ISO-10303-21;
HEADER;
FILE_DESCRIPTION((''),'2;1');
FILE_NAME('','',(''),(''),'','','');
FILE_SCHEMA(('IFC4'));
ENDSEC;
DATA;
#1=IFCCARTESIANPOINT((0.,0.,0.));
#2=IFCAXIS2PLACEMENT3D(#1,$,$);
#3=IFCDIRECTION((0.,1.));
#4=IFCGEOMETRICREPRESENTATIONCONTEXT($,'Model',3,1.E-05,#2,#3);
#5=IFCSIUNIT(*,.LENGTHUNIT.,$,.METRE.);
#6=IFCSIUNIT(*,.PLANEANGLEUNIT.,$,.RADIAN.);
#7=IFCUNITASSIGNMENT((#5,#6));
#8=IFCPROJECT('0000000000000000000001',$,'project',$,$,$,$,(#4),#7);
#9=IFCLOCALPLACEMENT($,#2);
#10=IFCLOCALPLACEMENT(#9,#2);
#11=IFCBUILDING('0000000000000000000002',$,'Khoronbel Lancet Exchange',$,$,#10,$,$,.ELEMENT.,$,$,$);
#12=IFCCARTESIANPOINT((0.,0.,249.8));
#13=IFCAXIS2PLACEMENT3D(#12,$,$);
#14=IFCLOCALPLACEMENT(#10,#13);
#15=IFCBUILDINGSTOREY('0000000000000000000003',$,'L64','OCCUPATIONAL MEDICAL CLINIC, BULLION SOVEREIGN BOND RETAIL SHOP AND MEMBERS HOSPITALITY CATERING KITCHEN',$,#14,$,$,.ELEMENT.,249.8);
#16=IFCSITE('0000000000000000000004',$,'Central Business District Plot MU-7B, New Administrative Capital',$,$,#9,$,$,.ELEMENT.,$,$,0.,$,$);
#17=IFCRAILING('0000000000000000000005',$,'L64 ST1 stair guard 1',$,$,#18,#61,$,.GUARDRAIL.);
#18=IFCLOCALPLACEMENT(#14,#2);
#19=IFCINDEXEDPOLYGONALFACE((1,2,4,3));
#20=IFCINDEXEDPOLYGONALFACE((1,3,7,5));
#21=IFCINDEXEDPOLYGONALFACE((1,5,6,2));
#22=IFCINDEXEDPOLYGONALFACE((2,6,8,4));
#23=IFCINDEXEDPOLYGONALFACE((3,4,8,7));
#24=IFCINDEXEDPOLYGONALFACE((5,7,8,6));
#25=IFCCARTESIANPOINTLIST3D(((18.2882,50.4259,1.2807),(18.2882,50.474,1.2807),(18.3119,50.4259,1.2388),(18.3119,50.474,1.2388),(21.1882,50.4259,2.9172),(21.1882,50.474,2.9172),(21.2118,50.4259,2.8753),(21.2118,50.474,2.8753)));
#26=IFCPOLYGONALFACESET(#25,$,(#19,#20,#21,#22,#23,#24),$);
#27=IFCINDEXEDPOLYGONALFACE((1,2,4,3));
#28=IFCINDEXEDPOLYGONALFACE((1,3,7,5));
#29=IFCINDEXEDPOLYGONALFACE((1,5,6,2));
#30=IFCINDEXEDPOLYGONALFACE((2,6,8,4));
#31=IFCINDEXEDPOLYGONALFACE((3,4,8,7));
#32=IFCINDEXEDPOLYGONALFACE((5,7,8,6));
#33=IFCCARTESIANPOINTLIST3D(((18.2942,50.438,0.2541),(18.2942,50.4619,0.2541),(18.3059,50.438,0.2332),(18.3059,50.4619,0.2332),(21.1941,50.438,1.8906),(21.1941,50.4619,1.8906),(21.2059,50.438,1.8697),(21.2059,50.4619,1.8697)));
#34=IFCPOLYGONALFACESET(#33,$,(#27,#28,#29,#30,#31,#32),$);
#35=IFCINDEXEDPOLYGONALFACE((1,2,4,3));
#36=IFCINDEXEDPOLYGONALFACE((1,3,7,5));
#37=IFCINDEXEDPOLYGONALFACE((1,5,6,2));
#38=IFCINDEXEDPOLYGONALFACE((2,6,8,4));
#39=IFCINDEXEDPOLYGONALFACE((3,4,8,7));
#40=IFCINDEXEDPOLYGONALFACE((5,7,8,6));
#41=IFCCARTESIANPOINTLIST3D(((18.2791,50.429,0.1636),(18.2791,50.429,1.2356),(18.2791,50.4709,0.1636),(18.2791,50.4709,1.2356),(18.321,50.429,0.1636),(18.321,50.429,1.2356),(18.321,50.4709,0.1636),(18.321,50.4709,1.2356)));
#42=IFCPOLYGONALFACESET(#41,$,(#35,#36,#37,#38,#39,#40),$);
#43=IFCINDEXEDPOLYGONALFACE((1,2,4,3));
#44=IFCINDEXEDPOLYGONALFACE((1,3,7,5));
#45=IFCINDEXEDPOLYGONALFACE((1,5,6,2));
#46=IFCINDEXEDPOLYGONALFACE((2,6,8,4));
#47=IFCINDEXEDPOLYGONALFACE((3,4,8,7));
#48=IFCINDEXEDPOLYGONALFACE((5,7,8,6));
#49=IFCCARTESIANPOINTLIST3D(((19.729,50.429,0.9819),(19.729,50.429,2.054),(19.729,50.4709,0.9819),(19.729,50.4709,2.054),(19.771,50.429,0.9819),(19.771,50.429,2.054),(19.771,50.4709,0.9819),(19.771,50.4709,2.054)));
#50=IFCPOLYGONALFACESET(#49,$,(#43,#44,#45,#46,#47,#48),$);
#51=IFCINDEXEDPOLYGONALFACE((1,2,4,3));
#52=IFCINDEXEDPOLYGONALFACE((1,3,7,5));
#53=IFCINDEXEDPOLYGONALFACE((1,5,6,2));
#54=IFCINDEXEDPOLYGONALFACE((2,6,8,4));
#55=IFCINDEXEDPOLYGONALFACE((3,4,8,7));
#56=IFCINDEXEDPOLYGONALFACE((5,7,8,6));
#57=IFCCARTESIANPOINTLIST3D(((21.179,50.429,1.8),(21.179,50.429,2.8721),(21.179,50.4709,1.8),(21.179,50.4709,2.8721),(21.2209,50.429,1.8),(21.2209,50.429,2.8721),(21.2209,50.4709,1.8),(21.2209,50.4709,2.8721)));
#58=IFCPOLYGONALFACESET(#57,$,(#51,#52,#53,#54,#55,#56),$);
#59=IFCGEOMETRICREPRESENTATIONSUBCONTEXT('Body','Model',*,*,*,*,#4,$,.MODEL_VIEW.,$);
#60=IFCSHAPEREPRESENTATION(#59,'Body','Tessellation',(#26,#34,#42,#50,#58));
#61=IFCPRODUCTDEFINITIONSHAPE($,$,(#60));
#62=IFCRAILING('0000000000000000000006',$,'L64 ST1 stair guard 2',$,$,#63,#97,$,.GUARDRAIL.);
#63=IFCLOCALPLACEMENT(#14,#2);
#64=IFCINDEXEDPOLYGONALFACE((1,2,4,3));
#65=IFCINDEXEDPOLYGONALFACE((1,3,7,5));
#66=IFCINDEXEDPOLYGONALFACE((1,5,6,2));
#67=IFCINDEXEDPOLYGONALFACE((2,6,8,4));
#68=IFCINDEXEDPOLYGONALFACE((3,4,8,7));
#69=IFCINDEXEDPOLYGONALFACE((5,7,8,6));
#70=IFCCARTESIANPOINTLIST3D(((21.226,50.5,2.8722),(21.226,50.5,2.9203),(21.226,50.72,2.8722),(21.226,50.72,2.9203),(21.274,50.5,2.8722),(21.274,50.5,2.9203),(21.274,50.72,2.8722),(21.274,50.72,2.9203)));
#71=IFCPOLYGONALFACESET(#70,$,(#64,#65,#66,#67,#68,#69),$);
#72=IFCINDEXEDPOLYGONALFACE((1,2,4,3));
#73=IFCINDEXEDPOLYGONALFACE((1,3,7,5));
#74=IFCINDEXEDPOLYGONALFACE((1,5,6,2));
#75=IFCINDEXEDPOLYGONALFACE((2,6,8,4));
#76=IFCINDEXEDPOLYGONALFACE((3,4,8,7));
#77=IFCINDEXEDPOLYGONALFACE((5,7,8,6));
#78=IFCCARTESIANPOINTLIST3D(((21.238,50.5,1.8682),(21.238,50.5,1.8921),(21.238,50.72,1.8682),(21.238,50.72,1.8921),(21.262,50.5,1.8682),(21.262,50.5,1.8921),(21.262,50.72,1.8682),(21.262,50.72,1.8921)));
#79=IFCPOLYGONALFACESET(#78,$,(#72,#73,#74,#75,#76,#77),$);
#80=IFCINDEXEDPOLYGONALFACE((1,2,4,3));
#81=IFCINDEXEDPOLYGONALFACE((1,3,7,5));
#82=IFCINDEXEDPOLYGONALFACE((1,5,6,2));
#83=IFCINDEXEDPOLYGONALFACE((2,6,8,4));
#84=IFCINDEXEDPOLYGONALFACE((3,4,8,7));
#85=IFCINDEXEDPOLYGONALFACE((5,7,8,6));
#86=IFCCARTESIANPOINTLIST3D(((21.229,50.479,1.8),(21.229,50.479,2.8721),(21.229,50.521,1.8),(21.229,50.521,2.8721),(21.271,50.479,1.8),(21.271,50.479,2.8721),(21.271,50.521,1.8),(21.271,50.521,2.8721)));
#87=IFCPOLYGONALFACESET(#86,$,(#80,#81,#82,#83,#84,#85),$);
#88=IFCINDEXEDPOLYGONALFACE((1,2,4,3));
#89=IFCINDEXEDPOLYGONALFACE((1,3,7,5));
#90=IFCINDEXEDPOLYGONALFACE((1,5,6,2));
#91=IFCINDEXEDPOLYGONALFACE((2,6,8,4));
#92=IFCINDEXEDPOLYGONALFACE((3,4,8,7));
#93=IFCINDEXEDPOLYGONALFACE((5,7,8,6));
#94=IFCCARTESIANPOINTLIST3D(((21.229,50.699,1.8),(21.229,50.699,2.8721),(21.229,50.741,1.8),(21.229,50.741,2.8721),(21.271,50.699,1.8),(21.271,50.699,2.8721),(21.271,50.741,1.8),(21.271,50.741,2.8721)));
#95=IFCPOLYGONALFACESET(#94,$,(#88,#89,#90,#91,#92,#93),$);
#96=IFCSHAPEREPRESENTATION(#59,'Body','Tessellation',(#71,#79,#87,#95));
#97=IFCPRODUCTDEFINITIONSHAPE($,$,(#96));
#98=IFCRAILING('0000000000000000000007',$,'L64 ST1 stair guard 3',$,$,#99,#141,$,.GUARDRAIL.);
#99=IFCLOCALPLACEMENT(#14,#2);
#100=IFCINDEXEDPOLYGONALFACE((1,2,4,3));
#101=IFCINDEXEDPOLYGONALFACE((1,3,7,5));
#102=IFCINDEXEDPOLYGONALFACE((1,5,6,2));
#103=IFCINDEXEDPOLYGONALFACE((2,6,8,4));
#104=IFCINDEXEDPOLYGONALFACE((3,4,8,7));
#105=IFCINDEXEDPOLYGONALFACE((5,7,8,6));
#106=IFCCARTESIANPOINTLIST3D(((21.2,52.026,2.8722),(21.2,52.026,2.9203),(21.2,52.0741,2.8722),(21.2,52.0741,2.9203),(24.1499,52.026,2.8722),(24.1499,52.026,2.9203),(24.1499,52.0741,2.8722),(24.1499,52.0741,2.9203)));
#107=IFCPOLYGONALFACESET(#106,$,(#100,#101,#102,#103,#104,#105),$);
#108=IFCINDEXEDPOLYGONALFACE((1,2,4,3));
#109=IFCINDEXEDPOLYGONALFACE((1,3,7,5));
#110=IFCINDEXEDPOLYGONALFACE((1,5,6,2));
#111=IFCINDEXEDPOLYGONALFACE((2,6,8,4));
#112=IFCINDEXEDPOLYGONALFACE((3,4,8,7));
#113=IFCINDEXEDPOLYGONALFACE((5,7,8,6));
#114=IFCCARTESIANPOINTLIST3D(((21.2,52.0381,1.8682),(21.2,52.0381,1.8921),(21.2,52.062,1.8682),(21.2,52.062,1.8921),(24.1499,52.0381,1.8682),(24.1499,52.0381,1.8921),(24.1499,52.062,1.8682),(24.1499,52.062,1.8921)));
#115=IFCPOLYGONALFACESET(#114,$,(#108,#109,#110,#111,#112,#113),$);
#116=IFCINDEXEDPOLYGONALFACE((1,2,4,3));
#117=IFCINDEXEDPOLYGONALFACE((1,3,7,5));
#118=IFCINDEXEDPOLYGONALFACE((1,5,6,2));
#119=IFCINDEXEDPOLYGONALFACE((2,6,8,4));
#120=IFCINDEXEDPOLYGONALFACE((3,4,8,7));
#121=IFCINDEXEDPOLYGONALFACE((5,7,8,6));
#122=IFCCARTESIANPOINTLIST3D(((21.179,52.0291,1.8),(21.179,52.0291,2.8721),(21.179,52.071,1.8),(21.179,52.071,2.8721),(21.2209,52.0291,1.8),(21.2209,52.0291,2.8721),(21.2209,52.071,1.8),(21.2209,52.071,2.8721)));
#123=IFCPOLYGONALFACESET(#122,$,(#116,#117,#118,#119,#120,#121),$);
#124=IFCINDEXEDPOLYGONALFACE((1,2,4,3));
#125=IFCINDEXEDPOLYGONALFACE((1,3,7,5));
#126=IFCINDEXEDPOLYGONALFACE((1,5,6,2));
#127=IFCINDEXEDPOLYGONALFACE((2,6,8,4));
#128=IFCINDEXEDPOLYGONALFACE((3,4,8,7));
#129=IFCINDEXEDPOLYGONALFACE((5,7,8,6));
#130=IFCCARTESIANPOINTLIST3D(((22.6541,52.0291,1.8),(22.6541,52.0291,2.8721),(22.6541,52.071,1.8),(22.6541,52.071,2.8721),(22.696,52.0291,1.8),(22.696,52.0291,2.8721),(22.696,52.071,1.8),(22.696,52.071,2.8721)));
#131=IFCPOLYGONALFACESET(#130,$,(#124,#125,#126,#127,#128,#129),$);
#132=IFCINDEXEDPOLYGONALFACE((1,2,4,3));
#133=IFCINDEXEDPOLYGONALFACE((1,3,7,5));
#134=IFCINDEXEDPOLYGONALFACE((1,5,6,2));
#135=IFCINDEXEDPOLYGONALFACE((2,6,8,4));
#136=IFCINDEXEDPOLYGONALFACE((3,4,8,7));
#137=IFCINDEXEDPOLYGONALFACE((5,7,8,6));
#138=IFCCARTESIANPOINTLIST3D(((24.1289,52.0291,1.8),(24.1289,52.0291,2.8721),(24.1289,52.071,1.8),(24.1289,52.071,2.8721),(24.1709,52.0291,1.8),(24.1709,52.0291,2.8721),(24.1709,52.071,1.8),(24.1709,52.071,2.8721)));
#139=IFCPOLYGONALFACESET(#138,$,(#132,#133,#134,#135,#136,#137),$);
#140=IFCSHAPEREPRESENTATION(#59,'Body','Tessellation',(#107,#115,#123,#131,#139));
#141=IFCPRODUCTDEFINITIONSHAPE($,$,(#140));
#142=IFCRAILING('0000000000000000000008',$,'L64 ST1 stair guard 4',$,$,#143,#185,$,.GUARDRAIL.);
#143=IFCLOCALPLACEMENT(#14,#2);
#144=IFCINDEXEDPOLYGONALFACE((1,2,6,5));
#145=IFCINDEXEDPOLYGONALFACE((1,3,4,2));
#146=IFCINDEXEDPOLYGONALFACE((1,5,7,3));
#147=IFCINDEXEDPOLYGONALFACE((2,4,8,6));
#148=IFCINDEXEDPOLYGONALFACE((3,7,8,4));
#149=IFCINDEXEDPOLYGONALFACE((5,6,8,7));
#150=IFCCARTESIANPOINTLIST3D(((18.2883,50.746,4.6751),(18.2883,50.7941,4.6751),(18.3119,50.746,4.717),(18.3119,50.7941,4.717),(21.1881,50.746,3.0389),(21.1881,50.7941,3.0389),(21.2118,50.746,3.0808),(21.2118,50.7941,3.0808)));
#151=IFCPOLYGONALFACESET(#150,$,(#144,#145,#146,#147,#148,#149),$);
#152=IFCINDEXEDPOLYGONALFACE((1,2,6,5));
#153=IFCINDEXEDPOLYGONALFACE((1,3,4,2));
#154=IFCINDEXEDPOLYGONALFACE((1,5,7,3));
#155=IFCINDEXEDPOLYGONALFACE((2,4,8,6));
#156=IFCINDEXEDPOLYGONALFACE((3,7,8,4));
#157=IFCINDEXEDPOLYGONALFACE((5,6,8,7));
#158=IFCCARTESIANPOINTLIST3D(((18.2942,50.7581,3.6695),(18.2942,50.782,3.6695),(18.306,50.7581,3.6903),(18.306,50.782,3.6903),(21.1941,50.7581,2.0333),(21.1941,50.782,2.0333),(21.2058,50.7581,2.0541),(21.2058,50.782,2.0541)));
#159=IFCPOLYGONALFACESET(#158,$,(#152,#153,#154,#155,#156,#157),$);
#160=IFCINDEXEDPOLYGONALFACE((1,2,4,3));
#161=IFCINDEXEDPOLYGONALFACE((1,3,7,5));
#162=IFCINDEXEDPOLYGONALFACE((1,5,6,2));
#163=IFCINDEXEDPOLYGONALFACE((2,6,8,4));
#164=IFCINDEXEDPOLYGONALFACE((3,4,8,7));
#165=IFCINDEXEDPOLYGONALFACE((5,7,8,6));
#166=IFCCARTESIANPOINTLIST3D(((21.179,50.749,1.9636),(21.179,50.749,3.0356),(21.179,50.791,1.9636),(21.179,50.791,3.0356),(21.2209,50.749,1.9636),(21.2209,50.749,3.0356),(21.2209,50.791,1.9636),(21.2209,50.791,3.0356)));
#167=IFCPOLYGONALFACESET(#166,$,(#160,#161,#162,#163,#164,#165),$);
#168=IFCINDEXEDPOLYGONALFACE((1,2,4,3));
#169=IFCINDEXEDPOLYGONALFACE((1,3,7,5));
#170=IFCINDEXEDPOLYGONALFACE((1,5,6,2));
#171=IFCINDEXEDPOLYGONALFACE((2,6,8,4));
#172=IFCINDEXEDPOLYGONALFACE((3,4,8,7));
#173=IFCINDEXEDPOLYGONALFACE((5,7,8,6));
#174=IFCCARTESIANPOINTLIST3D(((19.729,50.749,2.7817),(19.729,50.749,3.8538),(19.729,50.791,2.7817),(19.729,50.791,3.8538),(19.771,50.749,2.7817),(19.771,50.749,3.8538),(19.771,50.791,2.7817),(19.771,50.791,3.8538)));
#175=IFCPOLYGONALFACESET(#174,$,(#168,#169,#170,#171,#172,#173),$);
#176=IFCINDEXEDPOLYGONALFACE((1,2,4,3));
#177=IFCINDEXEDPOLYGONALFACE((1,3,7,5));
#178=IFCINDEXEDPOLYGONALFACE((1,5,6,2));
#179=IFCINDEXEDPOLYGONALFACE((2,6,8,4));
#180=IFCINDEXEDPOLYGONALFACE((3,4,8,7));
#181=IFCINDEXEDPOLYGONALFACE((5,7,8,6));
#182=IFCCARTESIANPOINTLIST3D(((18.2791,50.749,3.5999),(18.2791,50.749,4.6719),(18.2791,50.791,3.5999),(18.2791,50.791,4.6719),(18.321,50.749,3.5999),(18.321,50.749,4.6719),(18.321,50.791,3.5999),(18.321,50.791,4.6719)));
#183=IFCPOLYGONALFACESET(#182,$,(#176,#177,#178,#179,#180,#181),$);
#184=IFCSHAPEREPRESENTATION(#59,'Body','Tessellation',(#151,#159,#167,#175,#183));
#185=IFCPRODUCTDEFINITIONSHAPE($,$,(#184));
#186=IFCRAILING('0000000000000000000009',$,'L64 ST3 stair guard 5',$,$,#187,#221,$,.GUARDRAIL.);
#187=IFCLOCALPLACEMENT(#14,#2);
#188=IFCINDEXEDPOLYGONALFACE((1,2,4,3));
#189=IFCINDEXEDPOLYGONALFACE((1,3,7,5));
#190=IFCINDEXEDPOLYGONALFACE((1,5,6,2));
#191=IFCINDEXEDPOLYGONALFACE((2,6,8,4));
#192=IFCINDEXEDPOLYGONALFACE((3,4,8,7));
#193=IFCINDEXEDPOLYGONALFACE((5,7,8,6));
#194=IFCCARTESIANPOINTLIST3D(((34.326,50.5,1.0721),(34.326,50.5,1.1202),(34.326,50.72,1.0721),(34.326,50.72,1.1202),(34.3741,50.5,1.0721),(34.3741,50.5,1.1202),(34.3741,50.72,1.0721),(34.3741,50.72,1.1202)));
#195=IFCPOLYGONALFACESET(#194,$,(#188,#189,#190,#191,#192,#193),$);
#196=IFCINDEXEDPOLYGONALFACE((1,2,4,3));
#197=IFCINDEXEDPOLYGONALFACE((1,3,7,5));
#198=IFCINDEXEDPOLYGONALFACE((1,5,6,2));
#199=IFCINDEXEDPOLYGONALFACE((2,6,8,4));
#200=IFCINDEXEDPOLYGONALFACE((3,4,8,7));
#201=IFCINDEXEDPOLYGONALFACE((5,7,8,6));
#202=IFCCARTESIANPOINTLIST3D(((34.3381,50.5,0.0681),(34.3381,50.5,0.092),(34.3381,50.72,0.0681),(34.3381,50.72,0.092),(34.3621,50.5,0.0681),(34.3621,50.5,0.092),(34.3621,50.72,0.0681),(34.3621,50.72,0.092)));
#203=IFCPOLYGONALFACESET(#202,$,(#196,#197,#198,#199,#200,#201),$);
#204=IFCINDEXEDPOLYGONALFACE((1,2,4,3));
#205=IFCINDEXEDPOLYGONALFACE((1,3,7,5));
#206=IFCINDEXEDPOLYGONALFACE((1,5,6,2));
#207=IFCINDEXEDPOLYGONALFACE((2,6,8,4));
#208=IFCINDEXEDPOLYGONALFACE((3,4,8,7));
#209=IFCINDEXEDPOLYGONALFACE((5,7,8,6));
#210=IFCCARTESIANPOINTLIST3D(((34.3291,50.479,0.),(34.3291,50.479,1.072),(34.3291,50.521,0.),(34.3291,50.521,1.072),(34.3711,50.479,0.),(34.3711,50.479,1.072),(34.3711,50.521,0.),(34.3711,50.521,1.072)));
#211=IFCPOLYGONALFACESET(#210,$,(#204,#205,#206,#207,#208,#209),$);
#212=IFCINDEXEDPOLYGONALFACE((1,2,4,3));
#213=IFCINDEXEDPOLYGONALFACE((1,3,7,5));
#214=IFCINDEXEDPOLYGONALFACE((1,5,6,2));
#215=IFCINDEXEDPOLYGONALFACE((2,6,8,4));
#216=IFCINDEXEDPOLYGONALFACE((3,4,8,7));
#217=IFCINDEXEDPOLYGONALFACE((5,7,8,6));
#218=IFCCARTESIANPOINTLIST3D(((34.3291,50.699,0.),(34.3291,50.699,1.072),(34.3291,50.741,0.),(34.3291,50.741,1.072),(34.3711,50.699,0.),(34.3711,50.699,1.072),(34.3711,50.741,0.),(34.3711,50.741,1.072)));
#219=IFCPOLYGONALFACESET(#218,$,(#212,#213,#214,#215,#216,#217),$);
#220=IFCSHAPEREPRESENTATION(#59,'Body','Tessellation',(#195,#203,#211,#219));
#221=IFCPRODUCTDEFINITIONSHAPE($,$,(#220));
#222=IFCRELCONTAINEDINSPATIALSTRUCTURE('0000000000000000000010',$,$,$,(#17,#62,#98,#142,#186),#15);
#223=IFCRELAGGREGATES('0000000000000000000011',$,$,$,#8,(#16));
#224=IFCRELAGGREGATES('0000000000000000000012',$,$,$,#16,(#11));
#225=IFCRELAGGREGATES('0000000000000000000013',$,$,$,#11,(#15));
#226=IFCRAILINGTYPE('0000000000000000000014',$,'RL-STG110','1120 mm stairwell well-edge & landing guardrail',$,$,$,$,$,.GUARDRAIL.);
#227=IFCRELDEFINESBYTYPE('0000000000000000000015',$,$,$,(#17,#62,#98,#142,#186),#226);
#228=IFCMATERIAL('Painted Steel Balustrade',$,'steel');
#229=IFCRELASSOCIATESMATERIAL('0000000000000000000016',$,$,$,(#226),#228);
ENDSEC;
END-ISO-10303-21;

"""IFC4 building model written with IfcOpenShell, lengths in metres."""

from ifc_helpers import new_model, si_unit, direction, frame, origin, origin_2d, place, context, subcontext, project, spatial, rectangle, extrude, material, type_object, element, save


model = new_model("IFC4")

# Units and contexts
model_context = context("Model", 3, precision=1e-05, world=origin(), true_north=direction((0.0, 1.0)))
body_context = subcontext(model_context, "Body", "Model", "MODEL_VIEW")
ifc_project = project(units=[si_unit("LENGTHUNIT", "METRE"), si_unit("PLANEANGLEUNIT", "RADIAN")], contexts=[model_context])

# Site, building, storey
site_placement = place(None, origin())
site = spatial("IfcSite", under=ifc_project, at=site_placement, Name="Central Business District Plot MU-7B, New Administrative Capital", CompositionType="ELEMENT", RefElevation=0.0)
building_placement = place(site_placement, origin())
building = spatial("IfcBuilding", under=site, at=building_placement, Name="Khoronbel Lancet Exchange", CompositionType="ELEMENT")
storey_placement = place(building_placement, frame((0.0, 0.0, 249.8)))
storey = spatial("IfcBuildingStorey", under=building, at=storey_placement, Name="L64", Description="OCCUPATIONAL MEDICAL CLINIC, BULLION SOVEREIGN BOND RETAIL SHOP AND MEMBERS HOSPITALITY CATERING KITCHEN", CompositionType="ELEMENT", Elevation=249.8)

# Railings
ifc_material_1 = material(Name="Painted Steel Balustrade", Category="steel")
railing_type_1 = type_object("IfcRailingType", Name="RL-STG110", Description="1120 mm stairwell well-edge & landing guardrail", PredefinedType="GUARDRAIL", material=ifc_material_1)
railing_1_placement = place(storey_placement, frame((18.3, 50.45, 0.1636)))
element("IfcRailing", 1, at=railing_1_placement, inside=storey, type_object=railing_type_1, Name="L64 ST1 stair guard 1", PredefinedType="GUARDRAIL", context=body_context, shape_type="SweptSolid", body=[
    extrude(rectangle(XDim=0.0481, YDim=0.0481, at=origin_2d()), frame((0.0, 0.0, 1.0962), z_axis=(0.870897, 0.0, 0.491465), x_axis=(0.0, 1.0, 0.0)), (0.0, 0.0, 1.0), 3.3298),
    extrude(rectangle(XDim=0.0239, YDim=0.0239, at=origin_2d()), frame((0.0, 0.0, 0.0801), z_axis=(0.870897, 0.0, 0.491465), x_axis=(0.0, 1.0, 0.0)), (0.0, 0.0, 1.0), 3.3298),
    extrude(rectangle(XDim=0.042, YDim=0.042, at=origin_2d()), origin(), (0.0, 0.0, 1.0), 1.072),
    extrude(rectangle(XDim=0.042, YDim=0.042, at=origin_2d()), frame((1.45, 0.0, 0.8184)), (0.0, 0.0, 1.0), 1.072),
    extrude(rectangle(XDim=0.042, YDim=0.042, at=origin_2d()), frame((2.8999, 0.0, 1.6365)), (0.0, 0.0, 1.0), 1.072),
])
railing_2_placement = place(storey_placement, frame((21.25, 50.5, 1.8)))
element("IfcRailing", 2, at=railing_2_placement, inside=storey, type_object=railing_type_1, Name="L64 ST1 stair guard 2", PredefinedType="GUARDRAIL", context=body_context, shape_type="SweptSolid", body=[
    extrude(rectangle(XDim=0.0481, YDim=0.0481, at=origin_2d()), frame((0.0, 0.0, 1.0962), z_axis=(0.0, 1.0, 0.0), x_axis=(-1.0, 0.0, 0.0)), (0.0, 0.0, 1.0), 0.22),
    extrude(rectangle(XDim=0.0239, YDim=0.0239, at=origin_2d()), frame((0.0, 0.0, 0.0801), z_axis=(0.0, 1.0, 0.0), x_axis=(-1.0, 0.0, 0.0)), (0.0, 0.0, 1.0), 0.22),
    extrude(rectangle(XDim=0.042, YDim=0.042, at=origin_2d()), origin(), (0.0, 0.0, 1.0), 1.072),
    extrude(rectangle(XDim=0.042, YDim=0.042, at=origin_2d()), frame((0.0, 0.22, 0.0)), (0.0, 0.0, 1.0), 1.072),
])
railing_3_placement = place(storey_placement, frame((21.2, 52.05, 1.8)))
element("IfcRailing", 3, at=railing_3_placement, inside=storey, type_object=railing_type_1, Name="L64 ST1 stair guard 3", PredefinedType="GUARDRAIL", context=body_context, shape_type="SweptSolid", body=[
    extrude(rectangle(XDim=0.0481, YDim=0.0481, at=origin_2d()), frame((0.0, 0.0, 1.0962), z_axis=(1.0, 0.0, 0.0), x_axis=(0.0, 1.0, 0.0)), (0.0, 0.0, 1.0), 2.95),
    extrude(rectangle(XDim=0.0239, YDim=0.0239, at=origin_2d()), frame((0.0, 0.0, 0.0801), z_axis=(1.0, 0.0, 0.0), x_axis=(0.0, 1.0, 0.0)), (0.0, 0.0, 1.0), 2.95),
    extrude(rectangle(XDim=0.042, YDim=0.042, at=origin_2d()), origin(), (0.0, 0.0, 1.0), 1.072),
    extrude(rectangle(XDim=0.042, YDim=0.042, at=origin_2d()), frame((1.4751, 0.0, 0.0)), (0.0, 0.0, 1.0), 1.072),
    extrude(rectangle(XDim=0.042, YDim=0.042, at=origin_2d()), frame((2.95, 0.0, 0.0)), (0.0, 0.0, 1.0), 1.072),
])
railing_4_placement = place(storey_placement, frame((21.2, 50.77, 1.9636)))
element("IfcRailing", 4, at=railing_4_placement, inside=storey, type_object=railing_type_1, Name="L64 ST1 stair guard 4", PredefinedType="GUARDRAIL", context=body_context, shape_type="SweptSolid", body=[
    extrude(rectangle(XDim=0.0481, YDim=0.0481, at=origin_2d()), frame((0.0, 0.0, 1.0962), z_axis=(-0.870929, 0.0, 0.49141), x_axis=(0.0, -1.0, 0.0)), (0.0, 0.0, 1.0), 3.3296),
    extrude(rectangle(XDim=0.0239, YDim=0.0239, at=origin_2d()), frame((0.0, 0.0, 0.0801), z_axis=(-0.870929, 0.0, 0.49141), x_axis=(0.0, -1.0, 0.0)), (0.0, 0.0, 1.0), 3.3296),
    extrude(rectangle(XDim=0.042, YDim=0.042, at=origin_2d()), origin(), (0.0, 0.0, 1.0), 1.072),
    extrude(rectangle(XDim=0.042, YDim=0.042, at=origin_2d()), frame((-1.45, 0.0, 0.8181)), (0.0, 0.0, 1.0), 1.072),
    extrude(rectangle(XDim=0.042, YDim=0.042, at=origin_2d()), frame((-2.8999, 0.0, 1.6362)), (0.0, 0.0, 1.0), 1.072),
])
railing_5_placement = place(storey_placement, frame((34.3501, 50.5, 0.0)))
element("IfcRailing", 5, at=railing_5_placement, inside=storey, type_object=railing_type_1, Name="L64 ST3 stair guard 5", PredefinedType="GUARDRAIL", context=body_context, shape_type="SweptSolid", body=[
    extrude(rectangle(XDim=0.0481, YDim=0.0481, at=origin_2d()), frame((0.0, 0.0, 1.0962), z_axis=(0.0, 1.0, 0.0), x_axis=(-1.0, 0.0, 0.0)), (0.0, 0.0, 1.0), 0.22),
    extrude(rectangle(XDim=0.0239, YDim=0.0239, at=origin_2d()), frame((0.0, 0.0, 0.0801), z_axis=(0.0, 1.0, 0.0), x_axis=(-1.0, 0.0, 0.0)), (0.0, 0.0, 1.0), 0.22),
    extrude(rectangle(XDim=0.042, YDim=0.042, at=origin_2d()), origin(), (0.0, 0.0, 1.0), 1.072),
    extrude(rectangle(XDim=0.042, YDim=0.042, at=origin_2d()), frame((0.0, 0.22, 0.0)), (0.0, 0.0, 1.0), 1.072),
])

save(model, "model.ifc")
